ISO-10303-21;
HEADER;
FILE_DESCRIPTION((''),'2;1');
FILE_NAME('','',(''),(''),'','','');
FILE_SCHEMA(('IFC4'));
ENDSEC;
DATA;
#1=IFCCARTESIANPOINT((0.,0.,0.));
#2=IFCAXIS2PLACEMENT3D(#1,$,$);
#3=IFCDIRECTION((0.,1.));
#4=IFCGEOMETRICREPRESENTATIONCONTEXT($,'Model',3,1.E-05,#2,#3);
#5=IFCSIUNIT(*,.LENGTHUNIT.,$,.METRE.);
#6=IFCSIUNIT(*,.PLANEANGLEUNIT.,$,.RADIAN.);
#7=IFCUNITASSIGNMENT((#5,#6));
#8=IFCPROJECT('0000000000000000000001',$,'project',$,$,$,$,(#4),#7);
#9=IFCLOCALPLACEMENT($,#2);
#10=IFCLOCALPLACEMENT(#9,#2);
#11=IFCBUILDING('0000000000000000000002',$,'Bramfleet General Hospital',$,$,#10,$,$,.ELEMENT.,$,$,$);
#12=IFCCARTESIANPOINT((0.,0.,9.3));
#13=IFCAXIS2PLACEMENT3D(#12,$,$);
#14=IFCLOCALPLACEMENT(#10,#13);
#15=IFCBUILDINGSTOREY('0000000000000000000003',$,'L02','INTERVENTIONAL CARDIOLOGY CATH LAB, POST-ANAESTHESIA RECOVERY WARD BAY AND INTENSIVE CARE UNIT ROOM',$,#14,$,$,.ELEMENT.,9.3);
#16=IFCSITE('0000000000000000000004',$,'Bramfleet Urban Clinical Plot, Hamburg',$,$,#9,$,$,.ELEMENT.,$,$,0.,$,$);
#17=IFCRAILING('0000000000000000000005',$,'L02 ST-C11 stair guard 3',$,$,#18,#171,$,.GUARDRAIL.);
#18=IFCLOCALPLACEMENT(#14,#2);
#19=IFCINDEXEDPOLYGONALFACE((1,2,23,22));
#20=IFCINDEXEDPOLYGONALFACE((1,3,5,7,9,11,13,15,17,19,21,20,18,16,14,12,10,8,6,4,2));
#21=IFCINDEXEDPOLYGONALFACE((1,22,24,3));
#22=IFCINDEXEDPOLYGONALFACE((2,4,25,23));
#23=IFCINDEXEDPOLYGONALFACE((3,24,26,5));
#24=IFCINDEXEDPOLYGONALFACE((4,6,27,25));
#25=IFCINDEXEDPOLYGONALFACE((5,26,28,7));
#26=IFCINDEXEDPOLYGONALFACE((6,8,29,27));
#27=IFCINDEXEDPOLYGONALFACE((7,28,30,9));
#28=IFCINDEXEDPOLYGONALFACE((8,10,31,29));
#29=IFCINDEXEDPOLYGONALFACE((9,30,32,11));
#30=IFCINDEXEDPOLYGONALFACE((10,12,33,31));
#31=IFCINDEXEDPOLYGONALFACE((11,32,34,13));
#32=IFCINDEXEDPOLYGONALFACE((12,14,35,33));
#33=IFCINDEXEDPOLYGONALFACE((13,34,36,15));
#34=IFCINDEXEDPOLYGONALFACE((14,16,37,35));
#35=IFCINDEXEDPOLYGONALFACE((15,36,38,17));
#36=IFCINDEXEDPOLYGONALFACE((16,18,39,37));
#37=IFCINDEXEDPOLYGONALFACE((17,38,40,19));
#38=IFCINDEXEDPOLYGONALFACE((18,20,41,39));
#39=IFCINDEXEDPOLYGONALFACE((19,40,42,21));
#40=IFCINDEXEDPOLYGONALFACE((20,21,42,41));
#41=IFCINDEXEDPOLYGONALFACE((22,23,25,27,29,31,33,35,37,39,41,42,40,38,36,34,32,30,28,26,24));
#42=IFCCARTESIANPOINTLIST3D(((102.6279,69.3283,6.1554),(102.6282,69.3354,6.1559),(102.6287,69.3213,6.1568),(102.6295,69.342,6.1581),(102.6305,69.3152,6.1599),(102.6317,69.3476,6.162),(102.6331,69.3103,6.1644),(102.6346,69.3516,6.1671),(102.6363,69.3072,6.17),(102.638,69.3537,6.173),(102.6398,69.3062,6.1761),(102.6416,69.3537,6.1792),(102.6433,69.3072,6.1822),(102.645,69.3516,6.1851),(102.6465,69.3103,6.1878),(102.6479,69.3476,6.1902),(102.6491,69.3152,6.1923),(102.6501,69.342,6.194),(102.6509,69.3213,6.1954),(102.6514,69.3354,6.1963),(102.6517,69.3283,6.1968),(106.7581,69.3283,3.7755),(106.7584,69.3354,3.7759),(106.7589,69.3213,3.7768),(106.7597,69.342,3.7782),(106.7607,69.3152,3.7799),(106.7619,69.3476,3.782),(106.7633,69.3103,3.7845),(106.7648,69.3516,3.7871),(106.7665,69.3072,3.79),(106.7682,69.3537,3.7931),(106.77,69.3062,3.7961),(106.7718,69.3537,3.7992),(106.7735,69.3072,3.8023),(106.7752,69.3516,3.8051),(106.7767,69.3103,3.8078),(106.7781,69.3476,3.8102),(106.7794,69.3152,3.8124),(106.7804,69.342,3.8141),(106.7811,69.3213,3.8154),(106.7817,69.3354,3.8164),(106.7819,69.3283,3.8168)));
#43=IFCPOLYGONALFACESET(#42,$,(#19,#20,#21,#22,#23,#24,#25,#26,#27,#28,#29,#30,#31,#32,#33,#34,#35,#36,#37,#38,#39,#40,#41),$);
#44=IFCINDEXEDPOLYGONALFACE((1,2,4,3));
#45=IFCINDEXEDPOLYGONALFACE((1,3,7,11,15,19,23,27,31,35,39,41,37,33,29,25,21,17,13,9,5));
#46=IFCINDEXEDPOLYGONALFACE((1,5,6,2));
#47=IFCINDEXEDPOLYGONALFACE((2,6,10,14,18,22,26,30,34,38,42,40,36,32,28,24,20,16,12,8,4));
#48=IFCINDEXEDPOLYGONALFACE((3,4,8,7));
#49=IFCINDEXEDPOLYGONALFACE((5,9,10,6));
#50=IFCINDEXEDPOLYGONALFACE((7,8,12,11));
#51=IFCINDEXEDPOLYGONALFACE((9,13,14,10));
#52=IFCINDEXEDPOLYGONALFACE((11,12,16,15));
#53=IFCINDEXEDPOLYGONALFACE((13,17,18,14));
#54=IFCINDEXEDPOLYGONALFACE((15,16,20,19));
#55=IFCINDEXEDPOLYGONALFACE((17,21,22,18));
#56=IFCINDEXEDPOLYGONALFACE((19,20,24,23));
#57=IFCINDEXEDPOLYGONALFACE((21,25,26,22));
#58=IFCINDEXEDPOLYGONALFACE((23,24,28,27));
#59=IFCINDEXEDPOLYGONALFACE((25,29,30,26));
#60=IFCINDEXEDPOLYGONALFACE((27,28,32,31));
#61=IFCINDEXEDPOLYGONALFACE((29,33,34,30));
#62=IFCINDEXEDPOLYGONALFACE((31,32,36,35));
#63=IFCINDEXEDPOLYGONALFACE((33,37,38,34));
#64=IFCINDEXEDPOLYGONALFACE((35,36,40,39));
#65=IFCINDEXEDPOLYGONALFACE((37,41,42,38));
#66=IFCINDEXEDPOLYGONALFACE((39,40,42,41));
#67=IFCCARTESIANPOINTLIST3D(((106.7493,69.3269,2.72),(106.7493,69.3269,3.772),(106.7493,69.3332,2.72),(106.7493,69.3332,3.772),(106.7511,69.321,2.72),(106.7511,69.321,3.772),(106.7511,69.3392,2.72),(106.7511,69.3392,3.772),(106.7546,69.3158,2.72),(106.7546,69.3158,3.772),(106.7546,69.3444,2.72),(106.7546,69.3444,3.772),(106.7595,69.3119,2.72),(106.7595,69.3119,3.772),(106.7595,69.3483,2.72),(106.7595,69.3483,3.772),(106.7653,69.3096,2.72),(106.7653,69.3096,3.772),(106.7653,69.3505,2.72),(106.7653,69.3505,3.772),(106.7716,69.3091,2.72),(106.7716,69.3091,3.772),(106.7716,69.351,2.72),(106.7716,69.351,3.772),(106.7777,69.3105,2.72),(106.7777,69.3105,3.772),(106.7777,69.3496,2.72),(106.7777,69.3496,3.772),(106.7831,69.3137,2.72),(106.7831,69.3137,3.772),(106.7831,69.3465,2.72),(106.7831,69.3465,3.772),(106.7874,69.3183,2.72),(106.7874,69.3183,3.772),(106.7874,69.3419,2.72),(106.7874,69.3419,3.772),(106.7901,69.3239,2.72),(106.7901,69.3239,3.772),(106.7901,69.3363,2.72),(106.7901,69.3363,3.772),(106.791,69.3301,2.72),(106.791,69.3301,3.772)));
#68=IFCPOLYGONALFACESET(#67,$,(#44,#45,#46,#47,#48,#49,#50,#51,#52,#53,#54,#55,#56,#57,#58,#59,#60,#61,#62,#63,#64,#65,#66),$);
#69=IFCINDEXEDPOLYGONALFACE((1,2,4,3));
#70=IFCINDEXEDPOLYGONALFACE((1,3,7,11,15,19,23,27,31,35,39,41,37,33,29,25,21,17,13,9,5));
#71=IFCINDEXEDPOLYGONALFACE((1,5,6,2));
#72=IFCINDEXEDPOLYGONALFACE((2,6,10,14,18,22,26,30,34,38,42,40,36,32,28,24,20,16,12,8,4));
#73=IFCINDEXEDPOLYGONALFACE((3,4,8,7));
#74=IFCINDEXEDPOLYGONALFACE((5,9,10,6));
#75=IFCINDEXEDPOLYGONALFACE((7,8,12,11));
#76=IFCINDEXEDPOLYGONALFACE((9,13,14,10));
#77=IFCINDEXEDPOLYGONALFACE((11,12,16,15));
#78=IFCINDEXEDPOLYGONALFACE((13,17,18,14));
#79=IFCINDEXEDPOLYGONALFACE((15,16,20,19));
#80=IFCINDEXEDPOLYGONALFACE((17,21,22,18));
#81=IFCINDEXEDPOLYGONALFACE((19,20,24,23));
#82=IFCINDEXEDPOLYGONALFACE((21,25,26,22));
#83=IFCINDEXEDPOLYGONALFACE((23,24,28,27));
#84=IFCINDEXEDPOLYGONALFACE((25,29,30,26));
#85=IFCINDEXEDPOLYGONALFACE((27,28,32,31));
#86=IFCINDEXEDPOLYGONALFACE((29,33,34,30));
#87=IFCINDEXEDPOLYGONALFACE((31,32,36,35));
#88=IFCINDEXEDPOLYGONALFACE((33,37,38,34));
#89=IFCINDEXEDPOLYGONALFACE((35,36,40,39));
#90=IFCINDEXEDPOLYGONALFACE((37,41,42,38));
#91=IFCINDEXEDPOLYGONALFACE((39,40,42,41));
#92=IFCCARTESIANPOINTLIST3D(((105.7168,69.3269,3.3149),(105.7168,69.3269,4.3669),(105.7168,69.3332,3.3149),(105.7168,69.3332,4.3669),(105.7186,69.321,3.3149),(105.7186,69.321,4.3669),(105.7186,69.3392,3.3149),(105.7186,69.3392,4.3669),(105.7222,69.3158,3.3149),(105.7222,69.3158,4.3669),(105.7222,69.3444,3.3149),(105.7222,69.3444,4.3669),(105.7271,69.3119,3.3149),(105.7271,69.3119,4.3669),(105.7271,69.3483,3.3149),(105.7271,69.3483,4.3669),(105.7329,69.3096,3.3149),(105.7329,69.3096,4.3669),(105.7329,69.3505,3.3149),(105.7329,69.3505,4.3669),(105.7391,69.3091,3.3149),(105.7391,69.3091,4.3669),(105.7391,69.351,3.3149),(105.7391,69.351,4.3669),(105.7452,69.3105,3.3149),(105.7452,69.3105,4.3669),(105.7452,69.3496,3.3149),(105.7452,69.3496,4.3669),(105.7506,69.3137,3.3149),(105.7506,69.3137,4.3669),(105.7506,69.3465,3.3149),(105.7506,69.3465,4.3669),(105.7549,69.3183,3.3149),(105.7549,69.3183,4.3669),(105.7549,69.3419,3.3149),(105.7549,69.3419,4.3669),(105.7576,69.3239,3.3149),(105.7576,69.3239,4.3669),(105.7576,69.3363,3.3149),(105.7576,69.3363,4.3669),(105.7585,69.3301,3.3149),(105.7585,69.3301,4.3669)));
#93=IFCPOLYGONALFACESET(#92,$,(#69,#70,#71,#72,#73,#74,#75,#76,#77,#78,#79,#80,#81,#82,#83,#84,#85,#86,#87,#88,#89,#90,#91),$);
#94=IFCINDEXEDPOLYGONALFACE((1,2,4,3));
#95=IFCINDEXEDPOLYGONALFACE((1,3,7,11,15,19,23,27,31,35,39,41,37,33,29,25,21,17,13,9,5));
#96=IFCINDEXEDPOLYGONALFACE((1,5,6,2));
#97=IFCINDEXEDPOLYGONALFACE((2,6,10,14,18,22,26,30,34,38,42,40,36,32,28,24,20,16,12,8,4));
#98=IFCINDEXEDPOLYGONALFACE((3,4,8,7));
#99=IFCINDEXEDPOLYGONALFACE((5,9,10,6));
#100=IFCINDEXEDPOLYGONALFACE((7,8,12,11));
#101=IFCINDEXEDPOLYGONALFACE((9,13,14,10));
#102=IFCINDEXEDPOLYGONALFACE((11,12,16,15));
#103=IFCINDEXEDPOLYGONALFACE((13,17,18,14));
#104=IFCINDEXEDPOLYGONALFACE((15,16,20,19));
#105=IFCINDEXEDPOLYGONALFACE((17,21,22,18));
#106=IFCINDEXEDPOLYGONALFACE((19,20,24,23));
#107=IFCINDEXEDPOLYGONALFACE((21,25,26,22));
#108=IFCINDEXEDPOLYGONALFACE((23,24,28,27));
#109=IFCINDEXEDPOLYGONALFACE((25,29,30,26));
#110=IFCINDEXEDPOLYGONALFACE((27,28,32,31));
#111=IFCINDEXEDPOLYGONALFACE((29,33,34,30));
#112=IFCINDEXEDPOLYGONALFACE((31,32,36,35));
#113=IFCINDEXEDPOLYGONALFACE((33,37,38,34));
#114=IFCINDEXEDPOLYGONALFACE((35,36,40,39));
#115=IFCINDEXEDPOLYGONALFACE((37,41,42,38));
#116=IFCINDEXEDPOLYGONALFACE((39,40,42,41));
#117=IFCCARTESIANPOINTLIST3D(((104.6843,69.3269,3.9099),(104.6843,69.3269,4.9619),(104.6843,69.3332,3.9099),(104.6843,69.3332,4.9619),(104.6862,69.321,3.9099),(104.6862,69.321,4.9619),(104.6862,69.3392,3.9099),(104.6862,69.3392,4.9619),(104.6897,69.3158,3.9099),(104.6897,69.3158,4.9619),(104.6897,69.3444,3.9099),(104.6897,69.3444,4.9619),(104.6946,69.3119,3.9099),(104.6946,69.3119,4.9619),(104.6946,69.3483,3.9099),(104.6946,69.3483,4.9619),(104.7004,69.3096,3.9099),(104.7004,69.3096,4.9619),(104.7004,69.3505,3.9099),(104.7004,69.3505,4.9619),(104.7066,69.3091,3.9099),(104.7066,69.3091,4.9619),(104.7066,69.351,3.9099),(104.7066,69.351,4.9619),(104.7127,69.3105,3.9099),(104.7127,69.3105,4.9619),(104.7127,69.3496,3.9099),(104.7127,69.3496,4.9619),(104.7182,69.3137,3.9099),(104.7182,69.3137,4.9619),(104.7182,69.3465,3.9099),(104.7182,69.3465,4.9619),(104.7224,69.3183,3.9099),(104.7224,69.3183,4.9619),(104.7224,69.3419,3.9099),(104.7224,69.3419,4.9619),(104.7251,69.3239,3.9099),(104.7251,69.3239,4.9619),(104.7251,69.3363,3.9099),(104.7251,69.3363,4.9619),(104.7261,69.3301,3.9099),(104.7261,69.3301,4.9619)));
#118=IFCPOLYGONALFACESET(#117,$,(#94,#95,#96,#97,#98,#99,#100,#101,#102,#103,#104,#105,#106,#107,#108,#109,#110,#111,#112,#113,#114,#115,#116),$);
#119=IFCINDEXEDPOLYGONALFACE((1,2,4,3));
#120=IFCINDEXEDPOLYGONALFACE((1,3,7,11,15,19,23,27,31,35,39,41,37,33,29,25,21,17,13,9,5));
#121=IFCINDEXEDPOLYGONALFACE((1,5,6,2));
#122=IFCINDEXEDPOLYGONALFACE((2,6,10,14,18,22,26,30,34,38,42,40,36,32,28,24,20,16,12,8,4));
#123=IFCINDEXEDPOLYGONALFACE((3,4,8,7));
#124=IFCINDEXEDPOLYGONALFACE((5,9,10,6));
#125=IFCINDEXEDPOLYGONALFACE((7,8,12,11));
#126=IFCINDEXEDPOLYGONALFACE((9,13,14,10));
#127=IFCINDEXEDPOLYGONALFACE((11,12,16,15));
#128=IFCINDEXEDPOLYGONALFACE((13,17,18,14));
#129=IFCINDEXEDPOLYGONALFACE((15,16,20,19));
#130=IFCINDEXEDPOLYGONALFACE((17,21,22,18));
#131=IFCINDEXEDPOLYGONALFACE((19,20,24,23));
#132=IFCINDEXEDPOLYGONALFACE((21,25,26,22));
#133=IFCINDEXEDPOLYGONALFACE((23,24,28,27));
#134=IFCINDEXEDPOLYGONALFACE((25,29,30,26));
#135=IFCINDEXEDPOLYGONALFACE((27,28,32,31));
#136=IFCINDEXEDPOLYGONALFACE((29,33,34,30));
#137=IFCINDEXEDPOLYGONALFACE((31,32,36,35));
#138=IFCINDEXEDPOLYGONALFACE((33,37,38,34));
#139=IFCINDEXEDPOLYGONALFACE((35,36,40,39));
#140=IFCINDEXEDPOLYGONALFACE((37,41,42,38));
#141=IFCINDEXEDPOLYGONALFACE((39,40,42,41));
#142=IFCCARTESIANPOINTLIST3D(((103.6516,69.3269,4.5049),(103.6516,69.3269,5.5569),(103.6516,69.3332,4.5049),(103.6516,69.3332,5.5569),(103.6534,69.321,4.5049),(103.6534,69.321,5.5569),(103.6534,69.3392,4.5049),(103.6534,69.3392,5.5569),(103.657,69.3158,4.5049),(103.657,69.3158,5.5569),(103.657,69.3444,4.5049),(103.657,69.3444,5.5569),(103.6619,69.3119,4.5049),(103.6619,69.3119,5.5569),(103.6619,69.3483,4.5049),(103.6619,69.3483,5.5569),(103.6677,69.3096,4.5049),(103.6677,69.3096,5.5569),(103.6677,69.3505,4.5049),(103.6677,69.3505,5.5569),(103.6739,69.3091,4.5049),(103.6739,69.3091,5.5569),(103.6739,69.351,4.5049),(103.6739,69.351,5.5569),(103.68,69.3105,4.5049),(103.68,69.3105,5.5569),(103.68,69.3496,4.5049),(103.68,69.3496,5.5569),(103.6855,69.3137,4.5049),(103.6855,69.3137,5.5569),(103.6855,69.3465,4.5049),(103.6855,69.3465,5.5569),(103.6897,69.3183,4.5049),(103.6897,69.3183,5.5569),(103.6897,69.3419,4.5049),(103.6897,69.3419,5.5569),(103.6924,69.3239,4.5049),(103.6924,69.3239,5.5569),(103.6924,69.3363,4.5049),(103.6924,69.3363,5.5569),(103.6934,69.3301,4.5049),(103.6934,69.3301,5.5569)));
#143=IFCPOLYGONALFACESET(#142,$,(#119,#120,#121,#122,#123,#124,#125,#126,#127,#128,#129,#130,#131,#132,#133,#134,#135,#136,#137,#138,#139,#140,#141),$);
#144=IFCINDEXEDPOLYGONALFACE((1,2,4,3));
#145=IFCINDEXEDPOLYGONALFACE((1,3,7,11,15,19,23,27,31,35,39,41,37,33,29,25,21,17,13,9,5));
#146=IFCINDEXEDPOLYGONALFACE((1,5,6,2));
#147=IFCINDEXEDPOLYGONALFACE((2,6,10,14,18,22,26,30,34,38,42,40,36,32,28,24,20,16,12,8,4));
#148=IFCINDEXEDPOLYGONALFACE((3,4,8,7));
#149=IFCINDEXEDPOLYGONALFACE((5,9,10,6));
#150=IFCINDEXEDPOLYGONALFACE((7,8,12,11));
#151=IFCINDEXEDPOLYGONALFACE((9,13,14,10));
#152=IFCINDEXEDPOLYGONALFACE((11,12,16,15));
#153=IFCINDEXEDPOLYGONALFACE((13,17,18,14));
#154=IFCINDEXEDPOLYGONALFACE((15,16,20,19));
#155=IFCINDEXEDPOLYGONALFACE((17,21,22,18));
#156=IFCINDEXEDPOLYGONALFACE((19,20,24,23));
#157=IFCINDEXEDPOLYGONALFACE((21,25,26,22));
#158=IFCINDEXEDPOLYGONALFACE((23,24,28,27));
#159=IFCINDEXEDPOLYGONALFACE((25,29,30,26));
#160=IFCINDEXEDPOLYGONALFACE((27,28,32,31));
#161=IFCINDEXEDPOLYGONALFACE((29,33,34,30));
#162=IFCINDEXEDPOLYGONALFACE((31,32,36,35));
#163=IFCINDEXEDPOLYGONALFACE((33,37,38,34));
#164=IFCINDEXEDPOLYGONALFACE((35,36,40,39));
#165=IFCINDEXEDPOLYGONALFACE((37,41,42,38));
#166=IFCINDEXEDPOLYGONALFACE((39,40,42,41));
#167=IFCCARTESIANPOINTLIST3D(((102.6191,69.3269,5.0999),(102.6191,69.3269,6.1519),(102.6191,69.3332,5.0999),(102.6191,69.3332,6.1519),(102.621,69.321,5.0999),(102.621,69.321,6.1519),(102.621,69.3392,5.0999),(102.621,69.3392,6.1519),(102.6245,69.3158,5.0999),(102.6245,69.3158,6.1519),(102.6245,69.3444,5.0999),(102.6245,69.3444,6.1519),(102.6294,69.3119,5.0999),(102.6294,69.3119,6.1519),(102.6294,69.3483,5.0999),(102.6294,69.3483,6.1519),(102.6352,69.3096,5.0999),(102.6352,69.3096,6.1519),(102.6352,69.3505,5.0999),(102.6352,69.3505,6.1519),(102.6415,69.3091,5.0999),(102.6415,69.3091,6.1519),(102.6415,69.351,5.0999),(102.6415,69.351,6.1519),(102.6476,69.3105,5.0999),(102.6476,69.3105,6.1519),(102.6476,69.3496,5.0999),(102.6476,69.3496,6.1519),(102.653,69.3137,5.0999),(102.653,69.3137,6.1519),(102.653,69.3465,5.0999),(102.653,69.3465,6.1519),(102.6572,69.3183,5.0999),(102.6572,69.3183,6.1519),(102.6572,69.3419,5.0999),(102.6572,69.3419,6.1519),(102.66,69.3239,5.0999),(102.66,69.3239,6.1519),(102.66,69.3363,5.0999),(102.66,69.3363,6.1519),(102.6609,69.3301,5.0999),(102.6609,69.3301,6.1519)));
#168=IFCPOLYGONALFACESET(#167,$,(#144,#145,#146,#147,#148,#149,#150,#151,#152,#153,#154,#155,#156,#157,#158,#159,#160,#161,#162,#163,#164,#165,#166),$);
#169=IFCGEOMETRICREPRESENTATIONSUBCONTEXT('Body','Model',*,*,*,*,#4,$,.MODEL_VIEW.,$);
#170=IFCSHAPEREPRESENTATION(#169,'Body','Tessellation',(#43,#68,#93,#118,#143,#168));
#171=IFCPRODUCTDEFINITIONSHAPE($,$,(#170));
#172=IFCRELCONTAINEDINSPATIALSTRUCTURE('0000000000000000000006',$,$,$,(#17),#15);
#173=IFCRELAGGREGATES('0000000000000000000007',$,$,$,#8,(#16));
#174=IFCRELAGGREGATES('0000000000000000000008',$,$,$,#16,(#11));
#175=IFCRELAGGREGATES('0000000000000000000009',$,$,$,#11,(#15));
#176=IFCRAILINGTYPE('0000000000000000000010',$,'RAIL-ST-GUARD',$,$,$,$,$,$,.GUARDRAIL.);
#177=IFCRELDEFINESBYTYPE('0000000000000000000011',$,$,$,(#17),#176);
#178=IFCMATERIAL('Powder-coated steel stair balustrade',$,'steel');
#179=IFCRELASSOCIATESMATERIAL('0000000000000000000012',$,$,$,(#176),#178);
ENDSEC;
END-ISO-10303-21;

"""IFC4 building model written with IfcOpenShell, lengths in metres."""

from ifc_helpers import new_model, si_unit, direction, frame, origin, origin_2d, place, context, subcontext, project, spatial, circle, extrude, material, type_object, element, save


model = new_model("IFC4")

# Units and contexts
model_context = context("Model", 3, precision=1e-05, world=origin(), true_north=direction((0.0, 1.0)))
body_context = subcontext(model_context, "Body", "Model", "MODEL_VIEW")
ifc_project = project(units=[si_unit("LENGTHUNIT", "METRE"), si_unit("PLANEANGLEUNIT", "RADIAN")], contexts=[model_context])

# Site, building, storey
site_placement = place(None, origin())
site = spatial("IfcSite", under=ifc_project, at=site_placement, Name="Bramfleet Urban Clinical Plot, Hamburg", CompositionType="ELEMENT", RefElevation=0.0)
building_placement = place(site_placement, origin())
building = spatial("IfcBuilding", under=site, at=building_placement, Name="Bramfleet General Hospital", CompositionType="ELEMENT")
storey_placement = place(building_placement, frame((0.0, 0.0, 9.3)))
storey = spatial("IfcBuildingStorey", under=building, at=storey_placement, Name="L02", Description="INTERVENTIONAL CARDIOLOGY CATH LAB, POST-ANAESTHESIA RECOVERY WARD BAY AND INTENSIVE CARE UNIT ROOM", CompositionType="ELEMENT", Elevation=9.3)

# Railing
ifc_material_1 = material(Name="Powder-coated steel stair balustrade", Category="steel")
railing_type_1 = type_object("IfcRailingType", Name="RAIL-ST-GUARD", PredefinedType="GUARDRAIL", material=ifc_material_1)
railing_1_placement = place(storey_placement, frame((106.77, 69.3301, 2.72)))
element("IfcRailing", 1, at=railing_1_placement, inside=storey, type_object=railing_type_1, Name="L02 ST-C11 stair guard 3", PredefinedType="GUARDRAIL", context=body_context, shape_type="SweptSolid", body=[
    extrude(circle(Radius=0.0239, at=origin_2d()), frame((0.0, 0.0, 1.0762), z_axis=(-0.866447, 0.0, 0.499269), x_axis=(0.0, -1.0, 0.0)), (0.0, 0.0, 1.0), 4.7668),
    extrude(circle(Radius=0.021, at=origin_2d()), origin(), (0.0, 0.0, 1.0), 1.052),
    extrude(circle(Radius=0.021, at=origin_2d()), frame((-1.0325, 0.0, 0.595)), (0.0, 0.0, 1.0), 1.052),
    extrude(circle(Radius=0.021, at=origin_2d()), frame((-2.0649, 0.0, 1.1899)), (0.0, 0.0, 1.0), 1.052),
    extrude(circle(Radius=0.021, at=origin_2d()), frame((-3.0977, 0.0, 1.7849)), (0.0, 0.0, 1.0), 1.052),
    extrude(circle(Radius=0.021, at=origin_2d()), frame((-4.1301, 0.0, 2.3799)), (0.0, 0.0, 1.0), 1.052),
])

save(model, "model.ifc")
